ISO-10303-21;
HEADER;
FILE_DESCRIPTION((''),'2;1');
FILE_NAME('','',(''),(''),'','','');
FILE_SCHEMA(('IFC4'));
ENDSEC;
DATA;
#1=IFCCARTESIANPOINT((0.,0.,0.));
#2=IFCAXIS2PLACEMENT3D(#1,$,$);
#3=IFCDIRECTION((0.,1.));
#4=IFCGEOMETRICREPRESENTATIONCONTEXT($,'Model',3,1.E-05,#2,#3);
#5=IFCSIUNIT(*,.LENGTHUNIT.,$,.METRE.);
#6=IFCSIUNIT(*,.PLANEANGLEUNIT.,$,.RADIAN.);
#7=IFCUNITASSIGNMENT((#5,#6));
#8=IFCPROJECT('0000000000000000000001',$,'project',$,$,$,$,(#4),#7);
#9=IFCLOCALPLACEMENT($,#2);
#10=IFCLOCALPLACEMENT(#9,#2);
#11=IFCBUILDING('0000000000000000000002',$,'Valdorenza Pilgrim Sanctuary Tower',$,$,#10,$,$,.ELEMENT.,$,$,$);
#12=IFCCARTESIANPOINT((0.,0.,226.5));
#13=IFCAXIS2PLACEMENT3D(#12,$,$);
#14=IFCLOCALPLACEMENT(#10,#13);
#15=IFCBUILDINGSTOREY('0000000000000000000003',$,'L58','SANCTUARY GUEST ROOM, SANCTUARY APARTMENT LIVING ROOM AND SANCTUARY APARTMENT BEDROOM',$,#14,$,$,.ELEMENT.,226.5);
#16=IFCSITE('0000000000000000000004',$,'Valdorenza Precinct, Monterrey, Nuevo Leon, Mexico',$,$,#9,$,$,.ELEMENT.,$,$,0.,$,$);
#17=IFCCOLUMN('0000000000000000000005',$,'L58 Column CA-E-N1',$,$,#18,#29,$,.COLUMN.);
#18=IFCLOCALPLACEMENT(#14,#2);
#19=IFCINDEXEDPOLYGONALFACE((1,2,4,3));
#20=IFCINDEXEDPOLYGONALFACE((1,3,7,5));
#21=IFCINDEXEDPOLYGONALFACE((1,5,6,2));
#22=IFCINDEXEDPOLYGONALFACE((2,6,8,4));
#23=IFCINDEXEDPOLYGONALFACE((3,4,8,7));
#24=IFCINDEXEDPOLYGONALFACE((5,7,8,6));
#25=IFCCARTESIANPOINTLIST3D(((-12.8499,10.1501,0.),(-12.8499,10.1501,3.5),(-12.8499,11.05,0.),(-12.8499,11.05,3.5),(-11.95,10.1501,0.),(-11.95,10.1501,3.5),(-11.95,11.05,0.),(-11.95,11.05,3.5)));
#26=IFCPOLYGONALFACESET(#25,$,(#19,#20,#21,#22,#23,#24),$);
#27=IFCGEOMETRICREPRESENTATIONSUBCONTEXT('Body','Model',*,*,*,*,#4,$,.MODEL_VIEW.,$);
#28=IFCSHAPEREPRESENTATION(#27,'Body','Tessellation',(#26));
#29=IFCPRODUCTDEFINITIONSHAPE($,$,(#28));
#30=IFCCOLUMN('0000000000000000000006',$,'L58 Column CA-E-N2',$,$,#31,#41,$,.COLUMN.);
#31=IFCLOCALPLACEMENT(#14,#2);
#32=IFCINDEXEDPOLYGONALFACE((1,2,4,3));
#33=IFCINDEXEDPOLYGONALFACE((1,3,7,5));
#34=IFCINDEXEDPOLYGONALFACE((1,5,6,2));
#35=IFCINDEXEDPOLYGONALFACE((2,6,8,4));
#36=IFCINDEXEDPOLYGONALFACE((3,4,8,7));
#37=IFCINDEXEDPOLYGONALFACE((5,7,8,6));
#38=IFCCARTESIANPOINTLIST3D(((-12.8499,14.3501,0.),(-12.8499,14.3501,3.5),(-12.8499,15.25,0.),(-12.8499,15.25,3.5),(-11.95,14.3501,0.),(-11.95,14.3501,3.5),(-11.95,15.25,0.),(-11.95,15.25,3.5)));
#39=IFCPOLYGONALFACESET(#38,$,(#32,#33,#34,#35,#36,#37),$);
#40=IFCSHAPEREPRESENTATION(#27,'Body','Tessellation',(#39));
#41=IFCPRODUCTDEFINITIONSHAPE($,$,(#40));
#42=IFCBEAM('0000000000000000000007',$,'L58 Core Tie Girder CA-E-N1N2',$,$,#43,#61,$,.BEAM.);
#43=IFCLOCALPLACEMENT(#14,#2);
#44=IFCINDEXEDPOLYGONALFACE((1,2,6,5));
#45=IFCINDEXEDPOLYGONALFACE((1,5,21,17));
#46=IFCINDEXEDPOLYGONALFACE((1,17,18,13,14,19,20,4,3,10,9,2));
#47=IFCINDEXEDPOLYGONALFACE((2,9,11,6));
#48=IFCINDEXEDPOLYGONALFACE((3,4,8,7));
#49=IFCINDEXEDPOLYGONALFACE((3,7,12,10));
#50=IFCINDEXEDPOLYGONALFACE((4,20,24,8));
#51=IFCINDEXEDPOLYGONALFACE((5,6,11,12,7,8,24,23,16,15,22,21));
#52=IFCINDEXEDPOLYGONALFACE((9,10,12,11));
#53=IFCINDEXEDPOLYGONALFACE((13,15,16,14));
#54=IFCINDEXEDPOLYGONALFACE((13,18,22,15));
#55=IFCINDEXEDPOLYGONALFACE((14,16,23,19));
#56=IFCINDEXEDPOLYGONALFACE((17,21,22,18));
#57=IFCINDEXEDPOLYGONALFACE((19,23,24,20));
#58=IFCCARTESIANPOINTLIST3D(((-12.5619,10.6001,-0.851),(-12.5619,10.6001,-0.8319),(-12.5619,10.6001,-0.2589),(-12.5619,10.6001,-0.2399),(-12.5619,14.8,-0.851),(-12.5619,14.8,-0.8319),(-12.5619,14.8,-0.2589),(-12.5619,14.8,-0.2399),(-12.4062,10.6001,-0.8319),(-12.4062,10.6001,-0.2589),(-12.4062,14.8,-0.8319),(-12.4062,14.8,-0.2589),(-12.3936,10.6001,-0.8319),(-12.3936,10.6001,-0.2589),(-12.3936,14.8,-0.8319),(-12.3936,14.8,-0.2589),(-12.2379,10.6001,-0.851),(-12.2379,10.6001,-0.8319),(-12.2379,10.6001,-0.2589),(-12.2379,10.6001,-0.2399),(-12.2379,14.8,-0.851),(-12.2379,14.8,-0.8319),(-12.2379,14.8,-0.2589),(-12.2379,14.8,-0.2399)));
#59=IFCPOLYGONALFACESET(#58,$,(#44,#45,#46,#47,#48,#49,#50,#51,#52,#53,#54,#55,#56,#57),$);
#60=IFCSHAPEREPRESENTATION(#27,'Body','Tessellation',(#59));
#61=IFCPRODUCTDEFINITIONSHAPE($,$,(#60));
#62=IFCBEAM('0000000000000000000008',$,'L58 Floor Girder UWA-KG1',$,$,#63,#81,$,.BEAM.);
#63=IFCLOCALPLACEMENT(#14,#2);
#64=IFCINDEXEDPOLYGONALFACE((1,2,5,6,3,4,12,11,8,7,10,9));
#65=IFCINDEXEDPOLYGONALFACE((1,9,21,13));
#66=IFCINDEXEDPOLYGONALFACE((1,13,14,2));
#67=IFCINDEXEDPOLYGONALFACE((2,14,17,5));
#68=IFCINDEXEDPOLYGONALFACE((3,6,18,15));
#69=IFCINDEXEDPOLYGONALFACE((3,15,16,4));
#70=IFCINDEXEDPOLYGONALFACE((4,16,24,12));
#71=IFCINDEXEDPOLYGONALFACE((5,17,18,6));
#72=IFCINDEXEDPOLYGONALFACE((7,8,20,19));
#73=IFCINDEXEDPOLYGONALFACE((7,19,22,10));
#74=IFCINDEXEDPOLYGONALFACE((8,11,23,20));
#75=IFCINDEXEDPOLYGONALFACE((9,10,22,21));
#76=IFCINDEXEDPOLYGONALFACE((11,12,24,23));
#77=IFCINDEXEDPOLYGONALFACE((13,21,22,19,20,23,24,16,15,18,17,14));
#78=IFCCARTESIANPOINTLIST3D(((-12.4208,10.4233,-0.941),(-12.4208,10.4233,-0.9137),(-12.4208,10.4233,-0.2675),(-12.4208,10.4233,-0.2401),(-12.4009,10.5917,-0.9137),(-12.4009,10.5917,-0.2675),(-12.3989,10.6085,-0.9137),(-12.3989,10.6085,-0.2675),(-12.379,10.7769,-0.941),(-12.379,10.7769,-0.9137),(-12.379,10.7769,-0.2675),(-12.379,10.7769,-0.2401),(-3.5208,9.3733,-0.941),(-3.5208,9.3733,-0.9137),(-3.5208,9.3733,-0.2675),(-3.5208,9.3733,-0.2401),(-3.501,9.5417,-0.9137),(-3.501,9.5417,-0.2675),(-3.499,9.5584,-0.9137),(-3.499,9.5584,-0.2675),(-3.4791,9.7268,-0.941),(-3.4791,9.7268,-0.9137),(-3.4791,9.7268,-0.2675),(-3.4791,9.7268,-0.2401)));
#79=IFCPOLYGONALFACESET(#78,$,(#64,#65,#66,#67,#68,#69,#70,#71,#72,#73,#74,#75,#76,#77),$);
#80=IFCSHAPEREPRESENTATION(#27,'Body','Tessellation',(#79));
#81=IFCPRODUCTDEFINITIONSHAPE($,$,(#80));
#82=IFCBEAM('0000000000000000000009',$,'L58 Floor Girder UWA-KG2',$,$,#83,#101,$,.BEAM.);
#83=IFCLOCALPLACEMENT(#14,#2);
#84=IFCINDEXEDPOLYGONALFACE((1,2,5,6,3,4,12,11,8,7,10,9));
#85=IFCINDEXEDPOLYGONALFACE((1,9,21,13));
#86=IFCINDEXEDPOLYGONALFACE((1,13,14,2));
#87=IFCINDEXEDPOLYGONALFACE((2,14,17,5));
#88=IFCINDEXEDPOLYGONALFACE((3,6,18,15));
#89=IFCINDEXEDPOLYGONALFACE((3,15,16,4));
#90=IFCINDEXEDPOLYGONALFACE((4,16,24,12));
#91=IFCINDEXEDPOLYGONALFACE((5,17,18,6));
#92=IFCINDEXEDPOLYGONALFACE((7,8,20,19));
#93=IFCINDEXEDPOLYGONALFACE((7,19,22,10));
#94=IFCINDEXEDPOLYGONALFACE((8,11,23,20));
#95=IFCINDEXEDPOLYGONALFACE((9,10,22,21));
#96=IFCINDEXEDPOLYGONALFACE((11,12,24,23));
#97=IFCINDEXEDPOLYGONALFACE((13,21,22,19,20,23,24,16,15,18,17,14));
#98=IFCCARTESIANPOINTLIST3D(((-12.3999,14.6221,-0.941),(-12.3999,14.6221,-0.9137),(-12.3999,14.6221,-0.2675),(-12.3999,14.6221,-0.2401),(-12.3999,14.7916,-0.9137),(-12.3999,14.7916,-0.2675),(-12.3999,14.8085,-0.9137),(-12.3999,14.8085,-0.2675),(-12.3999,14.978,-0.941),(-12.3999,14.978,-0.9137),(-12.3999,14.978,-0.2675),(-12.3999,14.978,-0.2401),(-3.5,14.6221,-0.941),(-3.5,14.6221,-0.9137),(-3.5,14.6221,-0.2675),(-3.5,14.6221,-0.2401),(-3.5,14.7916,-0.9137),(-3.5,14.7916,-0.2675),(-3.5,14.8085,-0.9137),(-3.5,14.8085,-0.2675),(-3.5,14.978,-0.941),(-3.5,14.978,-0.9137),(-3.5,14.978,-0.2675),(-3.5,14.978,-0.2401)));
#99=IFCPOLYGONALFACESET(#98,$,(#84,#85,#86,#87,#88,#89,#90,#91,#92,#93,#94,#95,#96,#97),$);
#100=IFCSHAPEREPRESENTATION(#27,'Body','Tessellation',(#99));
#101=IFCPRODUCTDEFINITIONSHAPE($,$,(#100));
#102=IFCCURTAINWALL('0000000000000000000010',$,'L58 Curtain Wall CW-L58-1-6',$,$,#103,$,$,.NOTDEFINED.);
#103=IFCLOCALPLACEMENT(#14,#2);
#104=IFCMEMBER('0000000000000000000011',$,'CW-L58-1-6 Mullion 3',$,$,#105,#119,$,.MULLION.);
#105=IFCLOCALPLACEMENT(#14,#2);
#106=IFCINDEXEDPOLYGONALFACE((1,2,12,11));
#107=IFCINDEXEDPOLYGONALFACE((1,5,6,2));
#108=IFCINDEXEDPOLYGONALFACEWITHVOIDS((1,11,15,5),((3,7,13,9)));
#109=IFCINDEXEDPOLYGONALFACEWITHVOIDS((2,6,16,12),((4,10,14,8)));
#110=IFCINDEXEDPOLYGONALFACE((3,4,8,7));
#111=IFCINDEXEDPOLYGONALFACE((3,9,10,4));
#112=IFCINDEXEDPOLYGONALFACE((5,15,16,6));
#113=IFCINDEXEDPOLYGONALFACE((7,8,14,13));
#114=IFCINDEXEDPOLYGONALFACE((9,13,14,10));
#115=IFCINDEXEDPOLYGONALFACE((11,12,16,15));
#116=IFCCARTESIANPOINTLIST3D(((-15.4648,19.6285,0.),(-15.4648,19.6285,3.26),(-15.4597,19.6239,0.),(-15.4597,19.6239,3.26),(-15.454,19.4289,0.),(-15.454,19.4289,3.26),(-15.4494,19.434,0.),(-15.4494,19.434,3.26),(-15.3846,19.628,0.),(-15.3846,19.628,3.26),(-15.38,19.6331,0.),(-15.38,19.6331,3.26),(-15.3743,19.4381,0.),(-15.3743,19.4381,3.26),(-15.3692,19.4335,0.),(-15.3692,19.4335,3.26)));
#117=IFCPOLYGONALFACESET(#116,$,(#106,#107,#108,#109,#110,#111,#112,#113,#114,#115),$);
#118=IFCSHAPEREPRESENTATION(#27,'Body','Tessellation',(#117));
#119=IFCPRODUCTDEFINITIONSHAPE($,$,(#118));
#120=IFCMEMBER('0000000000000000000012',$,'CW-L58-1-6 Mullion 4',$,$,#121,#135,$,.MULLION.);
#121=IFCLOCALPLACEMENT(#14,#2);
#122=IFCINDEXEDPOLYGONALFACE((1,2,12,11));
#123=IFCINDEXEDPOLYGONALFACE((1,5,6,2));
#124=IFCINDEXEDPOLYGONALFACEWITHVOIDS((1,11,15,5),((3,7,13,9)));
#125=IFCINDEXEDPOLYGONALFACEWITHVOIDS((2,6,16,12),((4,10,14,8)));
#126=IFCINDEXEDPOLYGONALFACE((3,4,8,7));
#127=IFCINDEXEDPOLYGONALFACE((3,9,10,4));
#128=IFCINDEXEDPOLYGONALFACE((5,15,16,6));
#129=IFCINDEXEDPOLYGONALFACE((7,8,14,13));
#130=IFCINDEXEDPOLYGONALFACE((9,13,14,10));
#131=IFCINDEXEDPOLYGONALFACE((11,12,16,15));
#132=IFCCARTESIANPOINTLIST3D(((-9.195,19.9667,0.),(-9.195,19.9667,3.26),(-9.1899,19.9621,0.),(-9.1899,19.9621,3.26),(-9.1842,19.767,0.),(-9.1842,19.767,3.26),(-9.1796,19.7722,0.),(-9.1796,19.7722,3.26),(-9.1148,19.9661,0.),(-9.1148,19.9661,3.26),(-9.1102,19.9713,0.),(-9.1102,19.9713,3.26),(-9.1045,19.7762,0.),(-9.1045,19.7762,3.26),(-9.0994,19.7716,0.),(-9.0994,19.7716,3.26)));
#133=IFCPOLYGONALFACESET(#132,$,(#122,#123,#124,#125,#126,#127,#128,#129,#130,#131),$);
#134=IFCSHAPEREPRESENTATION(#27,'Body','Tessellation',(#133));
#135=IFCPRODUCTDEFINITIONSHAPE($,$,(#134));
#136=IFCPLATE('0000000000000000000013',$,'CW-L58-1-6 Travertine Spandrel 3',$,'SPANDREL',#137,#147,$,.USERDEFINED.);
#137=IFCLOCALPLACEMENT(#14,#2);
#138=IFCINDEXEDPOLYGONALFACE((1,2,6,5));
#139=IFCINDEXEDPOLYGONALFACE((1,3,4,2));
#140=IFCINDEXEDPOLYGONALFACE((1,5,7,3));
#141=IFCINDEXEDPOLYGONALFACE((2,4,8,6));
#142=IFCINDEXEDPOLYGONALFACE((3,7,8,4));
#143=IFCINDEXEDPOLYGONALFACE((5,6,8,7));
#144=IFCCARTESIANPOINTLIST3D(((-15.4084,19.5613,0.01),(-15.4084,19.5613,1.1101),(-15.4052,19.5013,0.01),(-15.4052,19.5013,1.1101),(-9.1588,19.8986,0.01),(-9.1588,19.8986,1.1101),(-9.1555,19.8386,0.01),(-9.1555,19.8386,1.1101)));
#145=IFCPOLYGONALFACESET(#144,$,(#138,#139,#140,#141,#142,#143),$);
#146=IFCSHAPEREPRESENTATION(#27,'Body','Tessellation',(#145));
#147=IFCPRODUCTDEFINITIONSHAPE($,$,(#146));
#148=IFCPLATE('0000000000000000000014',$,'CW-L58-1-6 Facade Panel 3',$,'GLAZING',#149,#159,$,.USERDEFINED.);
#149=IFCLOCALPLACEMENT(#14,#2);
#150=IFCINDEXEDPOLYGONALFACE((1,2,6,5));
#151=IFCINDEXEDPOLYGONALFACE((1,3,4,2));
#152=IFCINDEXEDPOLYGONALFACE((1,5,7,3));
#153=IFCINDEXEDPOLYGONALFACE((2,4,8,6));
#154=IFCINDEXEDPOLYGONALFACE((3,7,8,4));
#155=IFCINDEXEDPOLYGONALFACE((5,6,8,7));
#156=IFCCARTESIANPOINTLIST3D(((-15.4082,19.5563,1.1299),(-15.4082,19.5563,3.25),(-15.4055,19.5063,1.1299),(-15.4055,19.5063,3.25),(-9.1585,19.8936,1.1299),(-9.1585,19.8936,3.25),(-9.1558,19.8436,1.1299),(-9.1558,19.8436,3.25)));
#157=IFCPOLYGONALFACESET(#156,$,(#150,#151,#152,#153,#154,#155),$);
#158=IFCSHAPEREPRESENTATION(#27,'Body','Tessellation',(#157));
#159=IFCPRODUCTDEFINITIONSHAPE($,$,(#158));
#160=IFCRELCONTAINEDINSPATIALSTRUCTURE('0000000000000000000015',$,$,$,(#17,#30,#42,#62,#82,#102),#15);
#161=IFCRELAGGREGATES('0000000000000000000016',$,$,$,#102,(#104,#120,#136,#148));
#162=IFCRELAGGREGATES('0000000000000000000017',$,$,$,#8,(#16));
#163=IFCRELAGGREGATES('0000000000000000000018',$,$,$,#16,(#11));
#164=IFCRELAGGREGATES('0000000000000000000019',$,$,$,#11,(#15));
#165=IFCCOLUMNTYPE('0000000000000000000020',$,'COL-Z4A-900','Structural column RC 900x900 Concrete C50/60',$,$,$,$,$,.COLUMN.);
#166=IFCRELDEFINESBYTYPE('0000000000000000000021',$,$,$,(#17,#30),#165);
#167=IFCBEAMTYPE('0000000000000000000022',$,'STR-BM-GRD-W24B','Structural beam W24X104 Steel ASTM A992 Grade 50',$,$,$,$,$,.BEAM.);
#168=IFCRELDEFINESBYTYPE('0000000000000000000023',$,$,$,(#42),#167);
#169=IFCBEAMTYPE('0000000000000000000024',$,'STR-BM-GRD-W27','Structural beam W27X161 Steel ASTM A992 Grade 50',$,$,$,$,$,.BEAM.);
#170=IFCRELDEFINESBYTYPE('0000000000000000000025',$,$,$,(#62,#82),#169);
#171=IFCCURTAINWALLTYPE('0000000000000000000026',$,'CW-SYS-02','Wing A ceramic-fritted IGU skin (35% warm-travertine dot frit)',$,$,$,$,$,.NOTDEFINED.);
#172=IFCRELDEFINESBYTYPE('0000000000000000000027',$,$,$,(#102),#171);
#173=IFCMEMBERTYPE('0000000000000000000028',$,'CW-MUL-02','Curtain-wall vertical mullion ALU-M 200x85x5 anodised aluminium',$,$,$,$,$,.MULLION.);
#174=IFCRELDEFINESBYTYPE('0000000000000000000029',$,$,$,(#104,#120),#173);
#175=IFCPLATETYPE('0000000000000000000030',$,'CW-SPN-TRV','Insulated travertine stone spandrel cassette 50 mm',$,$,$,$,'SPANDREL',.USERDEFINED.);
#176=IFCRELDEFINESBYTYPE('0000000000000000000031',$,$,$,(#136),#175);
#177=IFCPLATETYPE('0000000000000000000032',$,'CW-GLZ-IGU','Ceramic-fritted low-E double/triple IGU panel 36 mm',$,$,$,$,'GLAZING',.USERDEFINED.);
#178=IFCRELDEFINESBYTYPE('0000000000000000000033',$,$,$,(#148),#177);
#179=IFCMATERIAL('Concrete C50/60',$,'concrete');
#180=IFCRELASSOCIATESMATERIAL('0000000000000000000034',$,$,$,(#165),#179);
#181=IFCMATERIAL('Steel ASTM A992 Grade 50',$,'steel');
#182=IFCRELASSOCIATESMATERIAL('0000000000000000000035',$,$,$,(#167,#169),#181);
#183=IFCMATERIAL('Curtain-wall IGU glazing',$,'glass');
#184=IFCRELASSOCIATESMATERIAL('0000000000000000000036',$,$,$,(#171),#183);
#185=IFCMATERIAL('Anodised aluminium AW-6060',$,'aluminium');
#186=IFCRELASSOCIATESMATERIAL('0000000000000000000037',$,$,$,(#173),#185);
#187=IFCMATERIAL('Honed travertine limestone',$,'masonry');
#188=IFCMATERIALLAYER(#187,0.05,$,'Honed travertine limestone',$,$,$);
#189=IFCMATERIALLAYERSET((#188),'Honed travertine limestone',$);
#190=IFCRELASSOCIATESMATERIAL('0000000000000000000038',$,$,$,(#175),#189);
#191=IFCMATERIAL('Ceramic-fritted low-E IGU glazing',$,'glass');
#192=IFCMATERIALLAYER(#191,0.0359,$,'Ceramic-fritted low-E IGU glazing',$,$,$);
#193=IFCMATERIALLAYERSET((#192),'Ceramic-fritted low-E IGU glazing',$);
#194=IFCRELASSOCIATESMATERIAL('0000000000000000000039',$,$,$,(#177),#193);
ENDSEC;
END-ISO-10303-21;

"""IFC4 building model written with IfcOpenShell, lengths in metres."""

from ifc_helpers import new_model, si_unit, direction, frame, origin, origin_2d, place, context, subcontext, project, spatial, rectangle, hollow_rectangle, i_section, extrude, source, transform, mapped, material, layer, layer_set, material_profile, profile_set, type_object, element, aggregate, save


model = new_model("IFC4")

# Units and contexts
model_context = context("Model", 3, precision=1e-05, world=origin(), true_north=direction((0.0, 1.0)))
body_context = subcontext(model_context, "Body", "Model", "MODEL_VIEW")
ifc_project = project(units=[si_unit("LENGTHUNIT", "METRE"), si_unit("PLANEANGLEUNIT", "RADIAN")], contexts=[model_context])

# Site, building, storey
site_placement = place(None, origin())
site = spatial("IfcSite", under=ifc_project, at=site_placement, Name="Valdorenza Precinct, Monterrey, Nuevo Leon, Mexico", CompositionType="ELEMENT", RefElevation=0.0)
building_placement = place(site_placement, origin())
building = spatial("IfcBuilding", under=site, at=building_placement, Name="Valdorenza Pilgrim Sanctuary Tower", CompositionType="ELEMENT")
storey_placement = place(building_placement, frame((0.0, 0.0, 226.5)))
storey = spatial("IfcBuildingStorey", under=building, at=storey_placement, Name="L58", Description="SANCTUARY GUEST ROOM, SANCTUARY APARTMENT LIVING ROOM AND SANCTUARY APARTMENT BEDROOM", CompositionType="ELEMENT", Elevation=226.5)

# Columns
ifc_material_1 = material(Name="Concrete C50/60", Category="concrete")
ifc_material_profile_1 = material_profile(ifc_material_1, rectangle(XDim=0.8999, YDim=0.8999, at=origin_2d()), Name="RC 900x900")
ifc_profile_set_1 = profile_set([ifc_material_profile_1], Name="Concrete C50/60")
column_type = type_object("IfcColumnType", Name="COL-Z4A-900", Description="Structural column RC 900x900 Concrete C50/60", PredefinedType="COLUMN", material=ifc_profile_set_1)
shared_shape_1 = source(origin(), body_context, "Body", "SweptSolid", [
    extrude(rectangle(XDim=0.8999, YDim=0.8999, at=origin_2d()), origin(), (0.0, 0.0, 1.0), 3.5),
])
for number, where, z_axis, x_axis, name in (
    (1, (-12.3999, 10.6001, 0.0), (0.0, 0.0, 1.0), (1.0, 0.0, 0.0), "L58 Column CA-E-N1"),
    (2, (-12.3999, 14.8, 0.0), (0.0, 0.0, 1.0), (1.0, 0.0, 0.0), "L58 Column CA-E-N2"),
):
    element("IfcColumn", number, at=place(storey_placement, frame(where, z_axis=z_axis, x_axis=x_axis)), inside=storey, type_object=column_type, Name=name, PredefinedType="COLUMN", context=body_context, shape_type="MappedRepresentation", body=[
        mapped(shared_shape_1, transform((0.0, 0.0, 0.0), x_axis=(1.0, 0.0, 0.0), y_axis=(0.0, 1.0, 0.0), z_axis=(0.0, 0.0, 1.0), scale=1.0)),
    ])

# Beams
ifc_material_2 = material(Name="Steel ASTM A992 Grade 50", Category="steel")
ifc_material_profile_2 = material_profile(ifc_material_2, i_section(OverallWidth=0.324, OverallDepth=0.6111, WebThickness=0.0127, FlangeThickness=0.019, at=origin_2d()), Name="W24X104")
ifc_profile_set_2 = profile_set([ifc_material_profile_2], Name="Steel ASTM A992 Grade 50")
beam_type_1 = type_object("IfcBeamType", Name="STR-BM-GRD-W24B", Description="Structural beam W24X104 Steel ASTM A992 Grade 50", PredefinedType="BEAM", material=ifc_profile_set_2)
shared_shape_2 = source(origin(), body_context, "Body", "SweptSolid", [
    extrude(i_section(OverallWidth=0.324, OverallDepth=0.6111, WebThickness=0.0127, FlangeThickness=0.019, at=origin_2d()), origin(), (0.0, 0.0, 1.0), 4.2),
])
beam_1_placement = place(storey_placement, frame((-12.3999, 10.6001, -0.5454), z_axis=(0.0, 1.0, 0.0), x_axis=(-1.0, 0.0, 0.0)))
element("IfcBeam", 3, at=beam_1_placement, inside=storey, type_object=beam_type_1, Name="L58 Core Tie Girder CA-E-N1N2", PredefinedType="BEAM", context=body_context, shape_type="MappedRepresentation", body=[
    mapped(shared_shape_2, transform((0.0, 0.0, 0.0), x_axis=(1.0, 0.0, 0.0), y_axis=(0.0, 1.0, 0.0), z_axis=(0.0, 0.0, 1.0), scale=1.0)),
])
ifc_material_profile_3 = material_profile(ifc_material_2, i_section(OverallWidth=0.356, OverallDepth=0.7009, WebThickness=0.0168, FlangeThickness=0.0273, at=origin_2d()), Name="W27X161")
ifc_profile_set_3 = profile_set([ifc_material_profile_3], Name="Steel ASTM A992 Grade 50")
beam_type_2 = type_object("IfcBeamType", Name="STR-BM-GRD-W27", Description="Structural beam W27X161 Steel ASTM A992 Grade 50", PredefinedType="BEAM", material=ifc_profile_set_3)
shared_shape_3 = source(origin(), body_context, "Body", "SweptSolid", [
    extrude(i_section(OverallWidth=0.356, OverallDepth=0.7009, WebThickness=0.0168, FlangeThickness=0.0273, at=origin_2d()), origin(), (0.0, 0.0, 1.0), 8.9617),
])
beam_2_placement = place(storey_placement, frame((-12.3999, 10.6001, -0.5906), z_axis=(0.993112, -0.117172, 0.0), x_axis=(0.117172, 0.993112, 0.0)))
element("IfcBeam", 4, at=beam_2_placement, inside=storey, type_object=beam_type_2, Name="L58 Floor Girder UWA-KG1", PredefinedType="BEAM", context=body_context, shape_type="MappedRepresentation", body=[
    mapped(shared_shape_3, transform((0.0, 0.0, 0.0), x_axis=(1.0, 0.0, 0.0), y_axis=(0.0, 1.0, 0.0), z_axis=(0.0, 0.0, 1.0), scale=1.0)),
])
shared_shape_4 = source(origin(), body_context, "Body", "SweptSolid", [
    extrude(i_section(OverallWidth=0.356, OverallDepth=0.7009, WebThickness=0.0168, FlangeThickness=0.0273, at=origin_2d()), origin(), (0.0, 0.0, 1.0), 8.8999),
])
beam_3_placement = place(storey_placement, frame((-12.3999, 14.8, -0.5906), z_axis=(1.0, 0.0, 0.0), x_axis=(0.0, 1.0, 0.0)))
element("IfcBeam", 5, at=beam_3_placement, inside=storey, type_object=beam_type_2, Name="L58 Floor Girder UWA-KG2", PredefinedType="BEAM", context=body_context, shape_type="MappedRepresentation", body=[
    mapped(shared_shape_4, transform((0.0, 0.0, 0.0), x_axis=(1.0, 0.0, 0.0), y_axis=(0.0, 1.0, 0.0), z_axis=(0.0, 0.0, 1.0), scale=1.0)),
])

# Curtain wall, members, plates
ifc_material_3 = material(Name="Curtain-wall IGU glazing", Category="glass")
curtain_wall_type = type_object("IfcCurtainWallType", Name="CW-SYS-02", Description="Wing A ceramic-fritted IGU skin (35% warm-travertine dot frit)", PredefinedType="NOTDEFINED", material=ifc_material_3)
curtain_wall_placement = place(storey_placement, origin())
curtain_wall = element("IfcCurtainWall", 6, at=curtain_wall_placement, inside=storey, type_object=curtain_wall_type, Name="L58 Curtain Wall CW-L58-1-6", PredefinedType="NOTDEFINED")
ifc_material_4 = material(Name="Anodised aluminium AW-6060", Category="aluminium")
ifc_material_profile_4 = material_profile(ifc_material_4, hollow_rectangle(XDim=0.085, YDim=0.2, WallThickness=0.0049, at=origin_2d()), Name="ALU-M 200x85x5")
ifc_profile_set_4 = profile_set([ifc_material_profile_4], Name="Anodised aluminium AW-6060")
member_type = type_object("IfcMemberType", Name="CW-MUL-02", Description="Curtain-wall vertical mullion ALU-M 200x85x5 anodised aluminium", PredefinedType="MULLION", material=ifc_profile_set_4)
shared_shape_5 = source(origin(), body_context, "Body", "SweptSolid", [
    extrude(hollow_rectangle(XDim=0.085, YDim=0.2, WallThickness=0.0049, at=origin_2d()), origin(), (0.0, 0.0, 1.0), 3.26),
])
member_1_placement = place(storey_placement, frame((-15.417, 19.531, 0.0), z_axis=(0.0, 0.0, 1.0), x_axis=(0.998547, 0.053887, 0.0)))
member_1 = element("IfcMember", 7, at=member_1_placement, type_object=member_type, Name="CW-L58-1-6 Mullion 3", PredefinedType="MULLION", context=body_context, shape_type="MappedRepresentation", body=[
    mapped(shared_shape_5, transform((0.0, 0.0, 0.0), x_axis=(1.0, 0.0, 0.0), y_axis=(0.0, 1.0, 0.0), z_axis=(0.0, 0.0, 1.0), scale=1.0)),
])
member_2_placement = place(storey_placement, frame((-9.1472, 19.8691, 0.0), z_axis=(0.0, 0.0, 1.0), x_axis=(0.998547, 0.053887, 0.0)))
member_2 = element("IfcMember", 8, at=member_2_placement, type_object=member_type, Name="CW-L58-1-6 Mullion 4", PredefinedType="MULLION", context=body_context, shape_type="MappedRepresentation", body=[
    mapped(shared_shape_5, transform((0.0, 0.0, 0.0), x_axis=(1.0, 0.0, 0.0), y_axis=(0.0, 1.0, 0.0), z_axis=(0.0, 0.0, 1.0), scale=1.0)),
])
ifc_material_5 = material(Name="Honed travertine limestone", Category="masonry")
ifc_layer_1 = layer(ifc_material_5, 0.05, Name="Honed travertine limestone")
ifc_layer_set_1 = layer_set([ifc_layer_1], Name="Honed travertine limestone")
plate_type_1 = type_object("IfcPlateType", Name="CW-SPN-TRV", Description="Insulated travertine stone spandrel cassette 50 mm", ElementType="SPANDREL", PredefinedType="USERDEFINED", material=ifc_layer_set_1)
shared_shape_6 = source(origin(), body_context, "Body", "SweptSolid", [
    extrude(rectangle(XDim=6.2588, YDim=0.0601, at=origin_2d()), origin(), (0.0, 0.0, 1.0), 1.1001),
])
plate_1_placement = place(storey_placement, frame((-12.282, 19.7, 0.01), z_axis=(0.0, 0.0, 1.0), x_axis=(0.998547, 0.053887, 0.0)))
plate_1 = element("IfcPlate", 9, at=plate_1_placement, type_object=plate_type_1, Name="CW-L58-1-6 Travertine Spandrel 3", ObjectType="SPANDREL", PredefinedType="USERDEFINED", context=body_context, shape_type="MappedRepresentation", body=[
    mapped(shared_shape_6, transform((0.0, 0.0, 0.0), x_axis=(1.0, 0.0, 0.0), y_axis=(0.0, 1.0, 0.0), z_axis=(0.0, 0.0, 1.0), scale=1.0)),
])
ifc_material_6 = material(Name="Ceramic-fritted low-E IGU glazing", Category="glass")
ifc_layer_2 = layer(ifc_material_6, 0.0359, Name="Ceramic-fritted low-E IGU glazing")
ifc_layer_set_2 = layer_set([ifc_layer_2], Name="Ceramic-fritted low-E IGU glazing")
plate_type_2 = type_object("IfcPlateType", Name="CW-GLZ-IGU", Description="Ceramic-fritted low-E double/triple IGU panel 36 mm", ElementType="GLAZING", PredefinedType="USERDEFINED", material=ifc_layer_set_2)
shared_shape_7 = source(origin(), body_context, "Body", "SweptSolid", [
    extrude(rectangle(XDim=6.2588, YDim=0.05, at=origin_2d()), origin(), (0.0, 0.0, 1.0), 2.1201),
])
plate_2_placement = place(storey_placement, frame((-12.282, 19.7, 1.1299), z_axis=(0.0, 0.0, 1.0), x_axis=(0.998547, 0.053887, 0.0)))
plate_2 = element("IfcPlate", 10, at=plate_2_placement, type_object=plate_type_2, Name="CW-L58-1-6 Facade Panel 3", ObjectType="GLAZING", PredefinedType="USERDEFINED", context=body_context, shape_type="MappedRepresentation", body=[
    mapped(shared_shape_7, transform((0.0, 0.0, 0.0), x_axis=(1.0, 0.0, 0.0), y_axis=(0.0, 1.0, 0.0), z_axis=(0.0, 0.0, 1.0), scale=1.0)),
])
aggregate(curtain_wall, [member_1, member_2, plate_1, plate_2])

save(model, "model.ifc")
